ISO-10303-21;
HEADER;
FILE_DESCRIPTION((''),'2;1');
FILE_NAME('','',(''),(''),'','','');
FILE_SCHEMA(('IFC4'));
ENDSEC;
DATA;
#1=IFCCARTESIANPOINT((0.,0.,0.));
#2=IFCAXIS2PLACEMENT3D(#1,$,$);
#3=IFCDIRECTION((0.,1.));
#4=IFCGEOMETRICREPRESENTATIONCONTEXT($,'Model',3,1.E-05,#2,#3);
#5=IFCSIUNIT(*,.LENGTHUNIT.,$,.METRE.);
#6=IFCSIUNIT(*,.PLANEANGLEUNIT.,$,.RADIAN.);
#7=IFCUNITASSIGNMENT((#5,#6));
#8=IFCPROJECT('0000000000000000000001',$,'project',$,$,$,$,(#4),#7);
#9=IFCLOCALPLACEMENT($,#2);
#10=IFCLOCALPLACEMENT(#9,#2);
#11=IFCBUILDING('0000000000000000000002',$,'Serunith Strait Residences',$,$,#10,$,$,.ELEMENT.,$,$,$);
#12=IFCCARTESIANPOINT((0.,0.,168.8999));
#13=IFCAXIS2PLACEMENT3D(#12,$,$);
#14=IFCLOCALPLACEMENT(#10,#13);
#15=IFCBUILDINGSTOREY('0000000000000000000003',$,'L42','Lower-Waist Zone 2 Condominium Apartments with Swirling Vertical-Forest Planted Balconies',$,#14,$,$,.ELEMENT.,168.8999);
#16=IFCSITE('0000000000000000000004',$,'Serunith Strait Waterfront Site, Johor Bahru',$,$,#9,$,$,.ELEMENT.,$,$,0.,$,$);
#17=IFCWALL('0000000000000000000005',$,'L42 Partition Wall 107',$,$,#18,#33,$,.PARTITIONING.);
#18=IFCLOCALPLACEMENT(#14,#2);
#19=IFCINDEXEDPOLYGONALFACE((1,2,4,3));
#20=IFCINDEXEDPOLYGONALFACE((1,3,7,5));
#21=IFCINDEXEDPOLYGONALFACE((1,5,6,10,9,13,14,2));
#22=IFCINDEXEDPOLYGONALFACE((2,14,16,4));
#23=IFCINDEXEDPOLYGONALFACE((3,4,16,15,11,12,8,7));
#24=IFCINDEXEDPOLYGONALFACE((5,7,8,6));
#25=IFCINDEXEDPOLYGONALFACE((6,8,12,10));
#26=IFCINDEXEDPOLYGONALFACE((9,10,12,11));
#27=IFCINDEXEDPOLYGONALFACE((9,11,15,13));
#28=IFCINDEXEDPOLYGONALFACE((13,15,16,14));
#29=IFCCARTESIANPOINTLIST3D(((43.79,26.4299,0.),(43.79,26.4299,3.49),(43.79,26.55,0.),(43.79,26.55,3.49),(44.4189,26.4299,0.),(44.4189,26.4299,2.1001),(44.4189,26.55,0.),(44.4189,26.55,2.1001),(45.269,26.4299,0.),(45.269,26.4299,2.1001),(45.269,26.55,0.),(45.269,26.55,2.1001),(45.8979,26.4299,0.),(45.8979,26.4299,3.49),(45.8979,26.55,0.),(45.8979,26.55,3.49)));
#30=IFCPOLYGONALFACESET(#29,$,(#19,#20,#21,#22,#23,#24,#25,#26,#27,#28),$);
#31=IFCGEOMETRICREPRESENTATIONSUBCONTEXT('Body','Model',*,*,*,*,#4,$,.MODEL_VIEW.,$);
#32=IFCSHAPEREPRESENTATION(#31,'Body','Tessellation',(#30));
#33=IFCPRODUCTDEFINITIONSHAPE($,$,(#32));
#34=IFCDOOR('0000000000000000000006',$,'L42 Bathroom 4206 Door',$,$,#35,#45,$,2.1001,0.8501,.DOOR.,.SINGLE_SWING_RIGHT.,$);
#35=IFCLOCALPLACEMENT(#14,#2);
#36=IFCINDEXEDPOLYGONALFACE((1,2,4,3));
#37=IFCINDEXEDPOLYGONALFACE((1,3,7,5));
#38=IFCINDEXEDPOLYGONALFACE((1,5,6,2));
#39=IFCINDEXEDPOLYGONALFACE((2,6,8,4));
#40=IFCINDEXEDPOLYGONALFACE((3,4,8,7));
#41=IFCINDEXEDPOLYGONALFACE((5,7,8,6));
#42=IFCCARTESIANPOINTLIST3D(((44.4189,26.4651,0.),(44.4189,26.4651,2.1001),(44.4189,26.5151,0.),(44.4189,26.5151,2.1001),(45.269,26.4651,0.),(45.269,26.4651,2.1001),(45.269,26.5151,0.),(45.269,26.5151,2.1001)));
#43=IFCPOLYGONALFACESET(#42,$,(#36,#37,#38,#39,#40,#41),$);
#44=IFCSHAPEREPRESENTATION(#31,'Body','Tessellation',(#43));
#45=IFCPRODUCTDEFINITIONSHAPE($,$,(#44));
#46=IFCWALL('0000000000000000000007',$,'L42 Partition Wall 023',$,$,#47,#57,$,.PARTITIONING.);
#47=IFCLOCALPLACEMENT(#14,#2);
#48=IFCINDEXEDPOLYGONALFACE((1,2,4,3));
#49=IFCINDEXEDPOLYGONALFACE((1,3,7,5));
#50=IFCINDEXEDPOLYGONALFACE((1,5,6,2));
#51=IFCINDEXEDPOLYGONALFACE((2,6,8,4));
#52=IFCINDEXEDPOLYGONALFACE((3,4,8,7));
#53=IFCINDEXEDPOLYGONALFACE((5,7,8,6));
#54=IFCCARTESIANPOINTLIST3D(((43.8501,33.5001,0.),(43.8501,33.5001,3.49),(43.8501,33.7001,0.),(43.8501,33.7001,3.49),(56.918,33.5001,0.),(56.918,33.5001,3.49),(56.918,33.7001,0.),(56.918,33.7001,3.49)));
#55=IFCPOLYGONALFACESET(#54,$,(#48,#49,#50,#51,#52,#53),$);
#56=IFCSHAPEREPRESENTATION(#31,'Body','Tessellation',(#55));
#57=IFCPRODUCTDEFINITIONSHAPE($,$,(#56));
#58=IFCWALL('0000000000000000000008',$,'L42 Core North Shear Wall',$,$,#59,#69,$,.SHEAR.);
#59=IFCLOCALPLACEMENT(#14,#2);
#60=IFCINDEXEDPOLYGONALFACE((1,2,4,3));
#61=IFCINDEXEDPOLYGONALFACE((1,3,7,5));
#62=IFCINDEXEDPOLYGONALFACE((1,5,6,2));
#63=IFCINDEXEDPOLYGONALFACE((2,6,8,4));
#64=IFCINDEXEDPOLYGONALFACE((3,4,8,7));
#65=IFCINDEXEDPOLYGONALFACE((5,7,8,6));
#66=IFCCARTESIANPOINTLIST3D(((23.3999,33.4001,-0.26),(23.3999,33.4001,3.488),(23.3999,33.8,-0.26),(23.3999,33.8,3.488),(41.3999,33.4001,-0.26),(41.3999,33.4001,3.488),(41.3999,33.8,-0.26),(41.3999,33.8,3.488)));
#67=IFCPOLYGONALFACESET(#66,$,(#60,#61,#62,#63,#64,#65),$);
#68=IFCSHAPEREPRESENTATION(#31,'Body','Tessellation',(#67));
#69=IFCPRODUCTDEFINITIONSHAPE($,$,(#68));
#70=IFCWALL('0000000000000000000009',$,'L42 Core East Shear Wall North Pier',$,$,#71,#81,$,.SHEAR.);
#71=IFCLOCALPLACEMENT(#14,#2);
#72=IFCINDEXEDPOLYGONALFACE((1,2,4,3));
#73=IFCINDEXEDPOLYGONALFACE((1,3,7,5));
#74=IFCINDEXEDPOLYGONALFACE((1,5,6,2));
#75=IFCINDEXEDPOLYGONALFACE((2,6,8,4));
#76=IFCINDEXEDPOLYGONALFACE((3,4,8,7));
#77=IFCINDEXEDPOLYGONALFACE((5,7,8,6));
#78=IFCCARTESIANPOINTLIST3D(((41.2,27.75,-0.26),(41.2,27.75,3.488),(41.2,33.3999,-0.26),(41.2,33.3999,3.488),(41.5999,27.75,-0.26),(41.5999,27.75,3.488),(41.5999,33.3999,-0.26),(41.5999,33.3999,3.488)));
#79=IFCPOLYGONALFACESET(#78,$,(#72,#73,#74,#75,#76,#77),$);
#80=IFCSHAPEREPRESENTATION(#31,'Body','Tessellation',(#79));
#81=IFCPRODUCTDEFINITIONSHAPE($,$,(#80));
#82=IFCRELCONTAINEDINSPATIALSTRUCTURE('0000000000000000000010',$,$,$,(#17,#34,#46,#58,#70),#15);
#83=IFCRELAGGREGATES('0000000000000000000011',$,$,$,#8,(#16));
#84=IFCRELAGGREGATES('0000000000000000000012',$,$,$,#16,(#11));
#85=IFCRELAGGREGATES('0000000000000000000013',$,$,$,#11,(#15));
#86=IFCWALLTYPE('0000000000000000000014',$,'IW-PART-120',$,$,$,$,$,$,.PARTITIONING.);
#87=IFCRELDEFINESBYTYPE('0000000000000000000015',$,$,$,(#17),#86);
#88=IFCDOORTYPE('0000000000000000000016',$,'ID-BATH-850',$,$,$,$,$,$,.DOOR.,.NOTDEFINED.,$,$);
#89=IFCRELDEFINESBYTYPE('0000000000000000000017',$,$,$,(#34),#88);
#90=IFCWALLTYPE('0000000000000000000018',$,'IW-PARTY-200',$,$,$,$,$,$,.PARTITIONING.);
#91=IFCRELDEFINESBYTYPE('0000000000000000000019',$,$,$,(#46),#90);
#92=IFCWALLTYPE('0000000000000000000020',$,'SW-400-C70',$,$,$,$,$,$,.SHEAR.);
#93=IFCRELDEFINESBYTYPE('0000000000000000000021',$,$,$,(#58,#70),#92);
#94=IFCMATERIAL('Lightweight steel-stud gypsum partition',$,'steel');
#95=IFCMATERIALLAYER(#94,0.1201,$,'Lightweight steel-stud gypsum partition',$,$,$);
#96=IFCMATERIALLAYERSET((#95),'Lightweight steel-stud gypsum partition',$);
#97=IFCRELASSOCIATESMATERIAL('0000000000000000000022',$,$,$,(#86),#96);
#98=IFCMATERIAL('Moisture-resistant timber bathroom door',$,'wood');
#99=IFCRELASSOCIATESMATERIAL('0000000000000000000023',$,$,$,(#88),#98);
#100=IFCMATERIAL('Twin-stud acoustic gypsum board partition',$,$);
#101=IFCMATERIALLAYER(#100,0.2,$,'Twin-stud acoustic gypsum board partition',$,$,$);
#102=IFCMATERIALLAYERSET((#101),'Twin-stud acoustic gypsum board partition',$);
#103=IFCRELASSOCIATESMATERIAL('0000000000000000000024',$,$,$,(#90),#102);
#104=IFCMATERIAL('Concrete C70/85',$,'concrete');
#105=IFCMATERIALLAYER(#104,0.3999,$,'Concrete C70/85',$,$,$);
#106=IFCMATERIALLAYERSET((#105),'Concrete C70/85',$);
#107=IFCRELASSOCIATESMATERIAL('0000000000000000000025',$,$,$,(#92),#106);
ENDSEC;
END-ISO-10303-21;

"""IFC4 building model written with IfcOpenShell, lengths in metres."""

from ifc_helpers import new_model, si_unit, direction, frame, frame_2d, origin, place, context, subcontext, project, spatial, rectangle, extrude, source, transform, mapped, material, layer, layer_set, type_object, element, fill, save


model = new_model("IFC4")

# Units and contexts
model_context = context("Model", 3, precision=1e-05, world=origin(), true_north=direction((0.0, 1.0)))
body_context = subcontext(model_context, "Body", "Model", "MODEL_VIEW")
ifc_project = project(units=[si_unit("LENGTHUNIT", "METRE"), si_unit("PLANEANGLEUNIT", "RADIAN")], contexts=[model_context])

# Site, building, storey
site_placement = place(None, origin())
site = spatial("IfcSite", under=ifc_project, at=site_placement, Name="Serunith Strait Waterfront Site, Johor Bahru", CompositionType="ELEMENT", RefElevation=0.0)
building_placement = place(site_placement, origin())
building = spatial("IfcBuilding", under=site, at=building_placement, Name="Serunith Strait Residences", CompositionType="ELEMENT")
storey_placement = place(building_placement, frame((0.0, 0.0, 168.8999)))
storey = spatial("IfcBuildingStorey", under=building, at=storey_placement, Name="L42", Description="Lower-Waist Zone 2 Condominium Apartments with Swirling Vertical-Forest Planted Balconies", CompositionType="ELEMENT", Elevation=168.8999)

# Wall, opening, door
ifc_material_1 = material(Name="Lightweight steel-stud gypsum partition", Category="steel")
ifc_layer_1 = layer(ifc_material_1, 0.1201, Name="Lightweight steel-stud gypsum partition")
ifc_layer_set_1 = layer_set([ifc_layer_1], Name="Lightweight steel-stud gypsum partition")
wall_type_1 = type_object("IfcWallType", Name="IW-PART-120", PredefinedType="PARTITIONING", material=ifc_layer_set_1)
ifc_material_2 = material(Name="Moisture-resistant timber bathroom door", Category="wood")
door_type_1 = type_object("IfcDoorType", Name="ID-BATH-850", OperationType="NOTDEFINED", PredefinedType="DOOR", material=ifc_material_2)
shared_shape_1 = source(origin(), body_context, "Body", "SweptSolid", [
    extrude(rectangle(XDim=0.8501, YDim=2.1001, at=frame_2d((0.425, 1.05))), frame((0.0, 0.0249, 0.0), z_axis=(0.0, -1.0, 0.0), x_axis=(1.0, 0.0, 0.0)), (0.0, 0.0, 1.0), 0.05),
])
wall_1_placement = place(storey_placement, frame((45.8979, 26.49, 0.0), z_axis=(0.0, 0.0, 1.0), x_axis=(-1.0, 0.0, 0.0)))
wall_1 = element("IfcWall", 1, at=wall_1_placement, inside=storey, type_object=wall_type_1, Name="L42 Partition Wall 107", PredefinedType="PARTITIONING", context=body_context, shape_type="SweptSolid", body=[
    extrude(rectangle(XDim=2.1079, YDim=0.1201, at=frame_2d((1.054, 0.0))), origin(), (0.0, 0.0, 1.0), 3.49),
])
opening_1_placement = place(wall_1_placement, frame((0.6289, 0.0, 0.0)))
opening_1 = element("IfcOpeningElement", 2, at=opening_1_placement, cuts=wall_1, PredefinedType="OPENING", context=body_context, shape_type="SweptSolid", body=[
    extrude(rectangle(XDim=0.8501, YDim=2.1001, at=frame_2d((0.425, 1.05))), frame((0.0, 0.0701, 0.0), z_axis=(0.0, -1.0, 0.0), x_axis=(1.0, 0.0, 0.0)), (0.0, 0.0, 1.0), 0.1401),
])
door_1_placement = place(opening_1_placement, origin())
door_1 = element("IfcDoor", 3, at=door_1_placement, inside=storey, type_object=door_type_1, Name="L42 Bathroom 4206 Door", OperationType="SINGLE_SWING_RIGHT", OverallHeight=2.1001, OverallWidth=0.8501, PredefinedType="DOOR", context=body_context, shape_type="MappedRepresentation", body=[
    mapped(shared_shape_1, transform((0.0, 0.0, 0.0), scale=1.0)),
])
fill(opening_1, door_1)

# Walls
ifc_material_3 = material(Name="Twin-stud acoustic gypsum board partition")
ifc_layer_2 = layer(ifc_material_3, 0.2, Name="Twin-stud acoustic gypsum board partition")
ifc_layer_set_2 = layer_set([ifc_layer_2], Name="Twin-stud acoustic gypsum board partition")
wall_type_2 = type_object("IfcWallType", Name="IW-PARTY-200", PredefinedType="PARTITIONING", material=ifc_layer_set_2)
wall_2_placement = place(storey_placement, frame((43.8501, 33.6001, 0.0), z_axis=(0.0, 0.0, 1.0), x_axis=(1.0, 0.0, 0.0)))
element("IfcWall", 4, at=wall_2_placement, inside=storey, type_object=wall_type_2, Name="L42 Partition Wall 023", PredefinedType="PARTITIONING", context=body_context, shape_type="SweptSolid", body=[
    extrude(rectangle(XDim=13.0679, YDim=0.2, at=frame_2d((6.5339, 0.0))), origin(), (0.0, 0.0, 1.0), 3.49),
])
ifc_material_4 = material(Name="Concrete C70/85", Category="concrete")
ifc_layer_3 = layer(ifc_material_4, 0.3999, Name="Concrete C70/85")
ifc_layer_set_3 = layer_set([ifc_layer_3], Name="Concrete C70/85")
wall_type_3 = type_object("IfcWallType", Name="SW-400-C70", PredefinedType="SHEAR", material=ifc_layer_set_3)
wall_3_placement = place(storey_placement, frame((41.3999, 33.6001, -0.26), z_axis=(0.0, 0.0, 1.0), x_axis=(-1.0, 0.0, 0.0)))
element("IfcWall", 5, at=wall_3_placement, inside=storey, type_object=wall_type_3, Name="L42 Core North Shear Wall", PredefinedType="SHEAR", context=body_context, shape_type="SweptSolid", body=[
    extrude(rectangle(XDim=18.0, YDim=0.3999, at=frame_2d((9.0, 0.0))), origin(), (0.0, 0.0, 1.0), 3.748),
])
wall_4_placement = place(storey_placement, frame((41.3999, 27.75, -0.26), z_axis=(0.0, 0.0, 1.0), x_axis=(0.0, 1.0, 0.0)))
element("IfcWall", 6, at=wall_4_placement, inside=storey, type_object=wall_type_3, Name="L42 Core East Shear Wall North Pier", PredefinedType="SHEAR", context=body_context, shape_type="SweptSolid", body=[
    extrude(rectangle(XDim=5.6499, YDim=0.3999, at=frame_2d((2.825, 0.0))), origin(), (0.0, 0.0, 1.0), 3.748),
])

save(model, "model.ifc")
